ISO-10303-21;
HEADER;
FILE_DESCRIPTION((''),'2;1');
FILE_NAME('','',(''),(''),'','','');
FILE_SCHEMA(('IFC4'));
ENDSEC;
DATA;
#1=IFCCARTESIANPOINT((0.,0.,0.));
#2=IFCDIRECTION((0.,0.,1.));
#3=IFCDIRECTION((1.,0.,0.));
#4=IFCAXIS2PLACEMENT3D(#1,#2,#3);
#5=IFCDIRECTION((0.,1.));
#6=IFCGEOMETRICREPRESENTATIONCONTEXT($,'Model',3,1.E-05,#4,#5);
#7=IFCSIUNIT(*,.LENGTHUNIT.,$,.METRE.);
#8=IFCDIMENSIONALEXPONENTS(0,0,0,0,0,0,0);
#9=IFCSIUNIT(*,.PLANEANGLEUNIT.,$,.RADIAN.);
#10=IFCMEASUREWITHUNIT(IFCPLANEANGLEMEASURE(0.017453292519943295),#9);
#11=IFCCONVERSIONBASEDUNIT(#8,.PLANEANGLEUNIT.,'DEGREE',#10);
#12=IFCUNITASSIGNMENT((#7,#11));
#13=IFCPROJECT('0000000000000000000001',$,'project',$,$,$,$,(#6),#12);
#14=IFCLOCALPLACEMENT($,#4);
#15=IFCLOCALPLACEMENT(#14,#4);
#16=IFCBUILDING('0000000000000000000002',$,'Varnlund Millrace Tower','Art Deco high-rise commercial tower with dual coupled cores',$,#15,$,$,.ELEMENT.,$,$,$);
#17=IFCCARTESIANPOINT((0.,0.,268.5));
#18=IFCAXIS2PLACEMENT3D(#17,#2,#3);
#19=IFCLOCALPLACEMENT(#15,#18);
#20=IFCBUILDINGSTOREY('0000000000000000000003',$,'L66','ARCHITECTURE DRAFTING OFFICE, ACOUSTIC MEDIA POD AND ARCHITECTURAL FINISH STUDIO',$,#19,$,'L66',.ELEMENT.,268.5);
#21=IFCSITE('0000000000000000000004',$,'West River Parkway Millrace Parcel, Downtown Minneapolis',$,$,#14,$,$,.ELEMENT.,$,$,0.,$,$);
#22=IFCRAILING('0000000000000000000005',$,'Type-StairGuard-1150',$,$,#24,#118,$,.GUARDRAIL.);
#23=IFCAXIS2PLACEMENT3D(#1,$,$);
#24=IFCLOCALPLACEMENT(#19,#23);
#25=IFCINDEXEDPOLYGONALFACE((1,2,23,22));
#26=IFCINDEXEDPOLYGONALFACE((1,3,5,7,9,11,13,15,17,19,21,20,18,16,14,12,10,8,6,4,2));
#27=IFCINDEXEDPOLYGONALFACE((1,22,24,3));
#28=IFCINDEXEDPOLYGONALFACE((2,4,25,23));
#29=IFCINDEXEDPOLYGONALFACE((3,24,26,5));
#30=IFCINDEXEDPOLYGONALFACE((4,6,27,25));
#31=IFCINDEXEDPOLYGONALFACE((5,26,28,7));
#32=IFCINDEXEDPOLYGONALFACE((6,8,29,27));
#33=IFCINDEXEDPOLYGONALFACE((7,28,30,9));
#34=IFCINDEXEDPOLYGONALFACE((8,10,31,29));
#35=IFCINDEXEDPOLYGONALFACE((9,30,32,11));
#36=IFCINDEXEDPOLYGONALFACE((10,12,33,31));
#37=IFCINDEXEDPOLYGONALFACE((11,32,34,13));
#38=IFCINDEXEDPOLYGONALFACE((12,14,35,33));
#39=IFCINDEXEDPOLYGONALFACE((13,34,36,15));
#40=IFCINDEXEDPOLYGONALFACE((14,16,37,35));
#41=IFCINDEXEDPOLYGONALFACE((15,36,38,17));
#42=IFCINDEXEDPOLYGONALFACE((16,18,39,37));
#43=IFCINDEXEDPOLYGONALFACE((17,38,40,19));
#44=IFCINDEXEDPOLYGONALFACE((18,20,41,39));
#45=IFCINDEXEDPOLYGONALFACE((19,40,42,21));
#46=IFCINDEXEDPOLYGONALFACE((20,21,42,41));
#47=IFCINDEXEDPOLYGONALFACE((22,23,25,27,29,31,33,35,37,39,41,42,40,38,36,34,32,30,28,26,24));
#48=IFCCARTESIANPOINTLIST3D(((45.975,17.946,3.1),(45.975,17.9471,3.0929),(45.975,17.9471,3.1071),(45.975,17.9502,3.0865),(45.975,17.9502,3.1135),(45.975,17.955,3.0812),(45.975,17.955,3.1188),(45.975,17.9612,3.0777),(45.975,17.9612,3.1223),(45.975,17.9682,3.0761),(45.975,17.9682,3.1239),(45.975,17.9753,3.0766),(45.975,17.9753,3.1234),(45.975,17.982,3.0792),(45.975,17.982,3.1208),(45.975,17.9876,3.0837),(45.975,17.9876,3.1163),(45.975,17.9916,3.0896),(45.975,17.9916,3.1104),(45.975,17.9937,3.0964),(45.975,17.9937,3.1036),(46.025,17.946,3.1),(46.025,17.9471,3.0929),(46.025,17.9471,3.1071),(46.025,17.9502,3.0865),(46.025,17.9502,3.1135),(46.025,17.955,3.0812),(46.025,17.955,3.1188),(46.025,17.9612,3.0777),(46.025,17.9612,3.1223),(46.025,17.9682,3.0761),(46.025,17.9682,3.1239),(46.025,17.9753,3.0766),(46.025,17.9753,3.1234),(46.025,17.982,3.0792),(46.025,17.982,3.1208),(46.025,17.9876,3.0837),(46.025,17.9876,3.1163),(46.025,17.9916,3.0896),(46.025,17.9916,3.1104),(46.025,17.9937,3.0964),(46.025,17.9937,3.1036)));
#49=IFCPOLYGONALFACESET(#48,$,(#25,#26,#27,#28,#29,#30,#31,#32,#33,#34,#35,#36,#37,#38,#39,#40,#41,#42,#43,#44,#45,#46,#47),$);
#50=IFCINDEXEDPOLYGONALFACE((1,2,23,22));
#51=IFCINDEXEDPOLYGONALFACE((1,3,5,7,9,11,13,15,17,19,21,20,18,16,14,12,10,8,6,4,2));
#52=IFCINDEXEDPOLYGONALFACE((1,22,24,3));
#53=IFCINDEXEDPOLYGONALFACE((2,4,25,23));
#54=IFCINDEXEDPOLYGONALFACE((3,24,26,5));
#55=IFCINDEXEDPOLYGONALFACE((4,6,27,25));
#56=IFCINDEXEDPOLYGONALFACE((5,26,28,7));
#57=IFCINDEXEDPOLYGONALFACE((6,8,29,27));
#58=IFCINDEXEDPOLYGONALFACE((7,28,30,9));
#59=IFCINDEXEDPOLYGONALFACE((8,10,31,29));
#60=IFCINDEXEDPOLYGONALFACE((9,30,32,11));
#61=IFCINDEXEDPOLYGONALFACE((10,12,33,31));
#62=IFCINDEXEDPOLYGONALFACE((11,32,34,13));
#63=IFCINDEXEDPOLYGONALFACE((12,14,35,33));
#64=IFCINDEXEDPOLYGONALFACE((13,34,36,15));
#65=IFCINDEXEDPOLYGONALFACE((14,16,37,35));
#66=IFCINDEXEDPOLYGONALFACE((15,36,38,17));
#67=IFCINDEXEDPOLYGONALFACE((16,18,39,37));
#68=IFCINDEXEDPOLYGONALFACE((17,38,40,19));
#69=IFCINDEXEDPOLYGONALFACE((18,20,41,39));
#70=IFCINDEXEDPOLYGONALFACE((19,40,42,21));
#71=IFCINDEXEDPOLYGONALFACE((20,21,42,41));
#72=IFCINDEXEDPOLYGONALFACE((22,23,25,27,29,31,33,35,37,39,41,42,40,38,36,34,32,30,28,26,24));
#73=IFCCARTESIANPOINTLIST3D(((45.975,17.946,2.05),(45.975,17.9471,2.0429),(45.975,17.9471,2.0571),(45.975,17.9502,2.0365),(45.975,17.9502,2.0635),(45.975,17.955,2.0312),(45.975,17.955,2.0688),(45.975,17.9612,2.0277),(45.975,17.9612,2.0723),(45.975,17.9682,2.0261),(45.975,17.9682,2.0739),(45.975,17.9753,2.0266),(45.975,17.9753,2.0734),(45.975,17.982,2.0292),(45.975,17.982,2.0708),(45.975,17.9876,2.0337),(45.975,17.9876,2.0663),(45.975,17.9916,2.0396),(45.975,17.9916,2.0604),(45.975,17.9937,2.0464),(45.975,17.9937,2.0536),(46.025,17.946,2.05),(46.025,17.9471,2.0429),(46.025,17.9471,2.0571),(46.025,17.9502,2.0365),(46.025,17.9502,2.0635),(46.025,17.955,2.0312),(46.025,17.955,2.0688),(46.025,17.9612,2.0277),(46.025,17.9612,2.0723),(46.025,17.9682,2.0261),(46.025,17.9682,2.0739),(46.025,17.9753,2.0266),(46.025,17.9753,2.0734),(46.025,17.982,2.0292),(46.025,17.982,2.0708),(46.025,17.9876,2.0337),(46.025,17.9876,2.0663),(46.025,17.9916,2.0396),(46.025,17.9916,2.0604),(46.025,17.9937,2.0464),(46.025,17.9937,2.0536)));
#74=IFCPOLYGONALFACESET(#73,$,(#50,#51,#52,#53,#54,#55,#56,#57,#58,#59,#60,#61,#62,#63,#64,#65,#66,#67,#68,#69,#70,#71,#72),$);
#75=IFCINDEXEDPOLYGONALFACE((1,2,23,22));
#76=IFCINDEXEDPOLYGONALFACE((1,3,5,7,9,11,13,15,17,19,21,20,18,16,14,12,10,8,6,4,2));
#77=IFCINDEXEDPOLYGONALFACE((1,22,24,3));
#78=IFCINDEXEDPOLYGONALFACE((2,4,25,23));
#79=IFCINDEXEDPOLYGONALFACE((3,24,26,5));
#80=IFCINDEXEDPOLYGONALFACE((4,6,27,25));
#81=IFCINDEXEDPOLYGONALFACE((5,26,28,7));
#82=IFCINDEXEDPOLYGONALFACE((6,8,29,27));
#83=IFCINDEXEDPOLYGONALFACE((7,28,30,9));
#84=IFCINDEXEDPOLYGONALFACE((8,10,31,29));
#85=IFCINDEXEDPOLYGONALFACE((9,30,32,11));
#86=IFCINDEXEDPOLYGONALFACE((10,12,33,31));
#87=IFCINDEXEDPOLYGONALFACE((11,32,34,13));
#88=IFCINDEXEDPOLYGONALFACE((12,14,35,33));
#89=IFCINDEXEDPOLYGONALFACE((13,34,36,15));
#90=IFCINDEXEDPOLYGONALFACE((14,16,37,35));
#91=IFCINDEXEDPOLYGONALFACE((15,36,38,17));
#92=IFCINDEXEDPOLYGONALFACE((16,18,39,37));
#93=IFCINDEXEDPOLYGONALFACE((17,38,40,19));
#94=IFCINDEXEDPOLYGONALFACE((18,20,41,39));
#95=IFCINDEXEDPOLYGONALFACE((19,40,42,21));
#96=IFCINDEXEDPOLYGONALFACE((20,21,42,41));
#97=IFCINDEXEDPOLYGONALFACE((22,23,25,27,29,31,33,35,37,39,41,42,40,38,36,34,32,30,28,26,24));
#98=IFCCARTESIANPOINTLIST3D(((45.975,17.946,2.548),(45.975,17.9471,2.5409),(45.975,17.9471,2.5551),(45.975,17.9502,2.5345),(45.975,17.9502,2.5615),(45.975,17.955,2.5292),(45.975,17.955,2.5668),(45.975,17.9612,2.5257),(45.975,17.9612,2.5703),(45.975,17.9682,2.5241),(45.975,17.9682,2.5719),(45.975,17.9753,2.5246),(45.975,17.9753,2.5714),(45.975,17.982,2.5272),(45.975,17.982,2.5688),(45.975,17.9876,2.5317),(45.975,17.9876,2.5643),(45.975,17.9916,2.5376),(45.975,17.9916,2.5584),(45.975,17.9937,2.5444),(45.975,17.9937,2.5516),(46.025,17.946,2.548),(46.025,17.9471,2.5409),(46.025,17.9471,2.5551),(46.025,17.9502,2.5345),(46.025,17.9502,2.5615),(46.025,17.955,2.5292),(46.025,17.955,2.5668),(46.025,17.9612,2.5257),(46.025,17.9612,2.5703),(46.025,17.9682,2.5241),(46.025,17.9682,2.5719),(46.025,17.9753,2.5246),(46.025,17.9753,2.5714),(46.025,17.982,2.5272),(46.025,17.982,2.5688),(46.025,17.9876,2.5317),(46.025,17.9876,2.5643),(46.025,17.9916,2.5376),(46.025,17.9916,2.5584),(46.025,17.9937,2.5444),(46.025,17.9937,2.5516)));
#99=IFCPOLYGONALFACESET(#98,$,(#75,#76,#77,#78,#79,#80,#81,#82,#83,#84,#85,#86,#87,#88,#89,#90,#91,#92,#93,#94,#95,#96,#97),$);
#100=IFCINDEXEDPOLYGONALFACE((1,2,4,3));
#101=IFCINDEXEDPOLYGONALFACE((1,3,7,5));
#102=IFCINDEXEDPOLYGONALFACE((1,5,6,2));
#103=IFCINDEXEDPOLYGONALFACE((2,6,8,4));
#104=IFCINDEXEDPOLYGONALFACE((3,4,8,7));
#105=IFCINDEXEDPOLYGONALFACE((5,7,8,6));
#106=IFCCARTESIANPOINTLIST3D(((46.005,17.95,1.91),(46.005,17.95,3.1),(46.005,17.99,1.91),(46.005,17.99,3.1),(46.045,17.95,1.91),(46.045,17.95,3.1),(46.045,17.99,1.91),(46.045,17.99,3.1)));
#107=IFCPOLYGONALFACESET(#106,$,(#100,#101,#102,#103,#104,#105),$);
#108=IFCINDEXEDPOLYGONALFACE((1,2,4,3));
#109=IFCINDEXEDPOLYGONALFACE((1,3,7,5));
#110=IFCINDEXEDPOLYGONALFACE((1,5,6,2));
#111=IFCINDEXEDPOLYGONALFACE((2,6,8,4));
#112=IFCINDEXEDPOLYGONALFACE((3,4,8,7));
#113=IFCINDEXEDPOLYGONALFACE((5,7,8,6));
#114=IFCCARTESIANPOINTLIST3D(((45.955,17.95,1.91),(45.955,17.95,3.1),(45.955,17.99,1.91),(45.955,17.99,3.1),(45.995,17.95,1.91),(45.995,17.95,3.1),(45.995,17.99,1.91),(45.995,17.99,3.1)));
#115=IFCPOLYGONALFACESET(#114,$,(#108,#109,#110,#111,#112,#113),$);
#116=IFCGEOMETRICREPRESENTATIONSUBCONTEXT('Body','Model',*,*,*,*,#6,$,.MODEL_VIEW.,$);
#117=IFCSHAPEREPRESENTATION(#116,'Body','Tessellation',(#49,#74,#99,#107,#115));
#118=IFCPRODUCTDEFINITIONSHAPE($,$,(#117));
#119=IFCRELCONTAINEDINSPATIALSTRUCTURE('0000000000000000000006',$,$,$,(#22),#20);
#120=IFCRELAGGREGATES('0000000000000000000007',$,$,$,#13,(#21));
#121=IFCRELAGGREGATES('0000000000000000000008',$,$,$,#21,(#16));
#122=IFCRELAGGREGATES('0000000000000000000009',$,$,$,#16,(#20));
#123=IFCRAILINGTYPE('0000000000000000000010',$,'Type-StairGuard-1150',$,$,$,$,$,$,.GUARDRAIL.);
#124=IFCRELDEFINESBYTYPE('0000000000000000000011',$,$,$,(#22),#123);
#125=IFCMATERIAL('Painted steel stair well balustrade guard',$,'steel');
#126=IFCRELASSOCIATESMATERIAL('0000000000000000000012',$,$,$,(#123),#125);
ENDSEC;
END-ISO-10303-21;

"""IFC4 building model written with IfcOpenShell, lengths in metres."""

from ifc_helpers import new_model, entity, si_unit, converted_unit, direction, frame, origin_with_axes, origin_2d_with_axis, place, context, subcontext, project, spatial, rectangle, circle, extrude, material, type_object, element, save


model = new_model("IFC4")

# Units and contexts
model_context = context("Model", 3, precision=1e-05, world=origin_with_axes(), true_north=direction((0.0, 1.0)))
body_context = subcontext(model_context, "Body", "Model", "MODEL_VIEW")
ifc_project = project(units=[si_unit("LENGTHUNIT", "METRE"), converted_unit("PLANEANGLEUNIT", "DEGREE", entity("IfcPlaneAngleMeasure", 0.017453292519943295), si_unit("PLANEANGLEUNIT", "RADIAN"), dimensions=[0, 0, 0, 0, 0, 0, 0])], contexts=[model_context])

# Site, building, storey
site_placement = place(None, origin_with_axes())
site = spatial("IfcSite", under=ifc_project, at=site_placement, Name="West River Parkway Millrace Parcel, Downtown Minneapolis", CompositionType="ELEMENT", RefElevation=0.0)
building_placement = place(site_placement, origin_with_axes())
building = spatial("IfcBuilding", under=site, at=building_placement, Name="Varnlund Millrace Tower", Description="Art Deco high-rise commercial tower with dual coupled cores", CompositionType="ELEMENT")
storey_placement = place(building_placement, frame((0.0, 0.0, 268.5), z_axis=(0.0, 0.0, 1.0), x_axis=(1.0, 0.0, 0.0)))
storey = spatial("IfcBuildingStorey", under=building, at=storey_placement, Name="L66", Description="ARCHITECTURE DRAFTING OFFICE, ACOUSTIC MEDIA POD AND ARCHITECTURAL FINISH STUDIO", LongName="L66", CompositionType="ELEMENT", Elevation=268.5)

# Railing
ifc_material_1 = material(Name="Painted steel stair well balustrade guard", Category="steel")
railing_type_1 = type_object("IfcRailingType", Name="Type-StairGuard-1150", PredefinedType="GUARDRAIL", material=ifc_material_1)
railing_1_placement = place(storey_placement, frame((0.0, 0.0, -268.5), z_axis=(0.0, 0.0, 1.0), x_axis=(1.0, 0.0, 0.0)))
element("IfcRailing", 1, at=railing_1_placement, inside=storey, type_object=railing_type_1, Name="Type-StairGuard-1150", PredefinedType="GUARDRAIL", context=body_context, shape_type="SweptSolid", body=[
    extrude(circle(Radius=0.024, at=origin_2d_with_axis()), frame((46.025, 17.97, 271.6), z_axis=(-1.0, 0.0, 0.0), x_axis=(0.0, -1.0, 0.0)), (0.0, 0.0, 1.0), 0.05),
    extrude(circle(Radius=0.024, at=origin_2d_with_axis()), frame((46.025, 17.97, 270.55), z_axis=(-1.0, 0.0, 0.0), x_axis=(0.0, -1.0, 0.0)), (0.0, 0.0, 1.0), 0.05),
    extrude(circle(Radius=0.024, at=origin_2d_with_axis()), frame((46.025, 17.97, 271.048), z_axis=(-1.0, 0.0, 0.0), x_axis=(0.0, -1.0, 0.0)), (0.0, 0.0, 1.0), 0.05),
    extrude(rectangle(XDim=0.04, YDim=0.04, at=origin_2d_with_axis()), frame((46.025, 17.97, 270.41), z_axis=(0.0, 0.0, 1.0), x_axis=(1.0, 0.0, 0.0)), (0.0, 0.0, 1.0), 1.19),
    extrude(rectangle(XDim=0.04, YDim=0.04, at=origin_2d_with_axis()), frame((45.975, 17.97, 270.41), z_axis=(0.0, 0.0, 1.0), x_axis=(1.0, 0.0, 0.0)), (0.0, 0.0, 1.0), 1.19),
])

save(model, "model.ifc")
